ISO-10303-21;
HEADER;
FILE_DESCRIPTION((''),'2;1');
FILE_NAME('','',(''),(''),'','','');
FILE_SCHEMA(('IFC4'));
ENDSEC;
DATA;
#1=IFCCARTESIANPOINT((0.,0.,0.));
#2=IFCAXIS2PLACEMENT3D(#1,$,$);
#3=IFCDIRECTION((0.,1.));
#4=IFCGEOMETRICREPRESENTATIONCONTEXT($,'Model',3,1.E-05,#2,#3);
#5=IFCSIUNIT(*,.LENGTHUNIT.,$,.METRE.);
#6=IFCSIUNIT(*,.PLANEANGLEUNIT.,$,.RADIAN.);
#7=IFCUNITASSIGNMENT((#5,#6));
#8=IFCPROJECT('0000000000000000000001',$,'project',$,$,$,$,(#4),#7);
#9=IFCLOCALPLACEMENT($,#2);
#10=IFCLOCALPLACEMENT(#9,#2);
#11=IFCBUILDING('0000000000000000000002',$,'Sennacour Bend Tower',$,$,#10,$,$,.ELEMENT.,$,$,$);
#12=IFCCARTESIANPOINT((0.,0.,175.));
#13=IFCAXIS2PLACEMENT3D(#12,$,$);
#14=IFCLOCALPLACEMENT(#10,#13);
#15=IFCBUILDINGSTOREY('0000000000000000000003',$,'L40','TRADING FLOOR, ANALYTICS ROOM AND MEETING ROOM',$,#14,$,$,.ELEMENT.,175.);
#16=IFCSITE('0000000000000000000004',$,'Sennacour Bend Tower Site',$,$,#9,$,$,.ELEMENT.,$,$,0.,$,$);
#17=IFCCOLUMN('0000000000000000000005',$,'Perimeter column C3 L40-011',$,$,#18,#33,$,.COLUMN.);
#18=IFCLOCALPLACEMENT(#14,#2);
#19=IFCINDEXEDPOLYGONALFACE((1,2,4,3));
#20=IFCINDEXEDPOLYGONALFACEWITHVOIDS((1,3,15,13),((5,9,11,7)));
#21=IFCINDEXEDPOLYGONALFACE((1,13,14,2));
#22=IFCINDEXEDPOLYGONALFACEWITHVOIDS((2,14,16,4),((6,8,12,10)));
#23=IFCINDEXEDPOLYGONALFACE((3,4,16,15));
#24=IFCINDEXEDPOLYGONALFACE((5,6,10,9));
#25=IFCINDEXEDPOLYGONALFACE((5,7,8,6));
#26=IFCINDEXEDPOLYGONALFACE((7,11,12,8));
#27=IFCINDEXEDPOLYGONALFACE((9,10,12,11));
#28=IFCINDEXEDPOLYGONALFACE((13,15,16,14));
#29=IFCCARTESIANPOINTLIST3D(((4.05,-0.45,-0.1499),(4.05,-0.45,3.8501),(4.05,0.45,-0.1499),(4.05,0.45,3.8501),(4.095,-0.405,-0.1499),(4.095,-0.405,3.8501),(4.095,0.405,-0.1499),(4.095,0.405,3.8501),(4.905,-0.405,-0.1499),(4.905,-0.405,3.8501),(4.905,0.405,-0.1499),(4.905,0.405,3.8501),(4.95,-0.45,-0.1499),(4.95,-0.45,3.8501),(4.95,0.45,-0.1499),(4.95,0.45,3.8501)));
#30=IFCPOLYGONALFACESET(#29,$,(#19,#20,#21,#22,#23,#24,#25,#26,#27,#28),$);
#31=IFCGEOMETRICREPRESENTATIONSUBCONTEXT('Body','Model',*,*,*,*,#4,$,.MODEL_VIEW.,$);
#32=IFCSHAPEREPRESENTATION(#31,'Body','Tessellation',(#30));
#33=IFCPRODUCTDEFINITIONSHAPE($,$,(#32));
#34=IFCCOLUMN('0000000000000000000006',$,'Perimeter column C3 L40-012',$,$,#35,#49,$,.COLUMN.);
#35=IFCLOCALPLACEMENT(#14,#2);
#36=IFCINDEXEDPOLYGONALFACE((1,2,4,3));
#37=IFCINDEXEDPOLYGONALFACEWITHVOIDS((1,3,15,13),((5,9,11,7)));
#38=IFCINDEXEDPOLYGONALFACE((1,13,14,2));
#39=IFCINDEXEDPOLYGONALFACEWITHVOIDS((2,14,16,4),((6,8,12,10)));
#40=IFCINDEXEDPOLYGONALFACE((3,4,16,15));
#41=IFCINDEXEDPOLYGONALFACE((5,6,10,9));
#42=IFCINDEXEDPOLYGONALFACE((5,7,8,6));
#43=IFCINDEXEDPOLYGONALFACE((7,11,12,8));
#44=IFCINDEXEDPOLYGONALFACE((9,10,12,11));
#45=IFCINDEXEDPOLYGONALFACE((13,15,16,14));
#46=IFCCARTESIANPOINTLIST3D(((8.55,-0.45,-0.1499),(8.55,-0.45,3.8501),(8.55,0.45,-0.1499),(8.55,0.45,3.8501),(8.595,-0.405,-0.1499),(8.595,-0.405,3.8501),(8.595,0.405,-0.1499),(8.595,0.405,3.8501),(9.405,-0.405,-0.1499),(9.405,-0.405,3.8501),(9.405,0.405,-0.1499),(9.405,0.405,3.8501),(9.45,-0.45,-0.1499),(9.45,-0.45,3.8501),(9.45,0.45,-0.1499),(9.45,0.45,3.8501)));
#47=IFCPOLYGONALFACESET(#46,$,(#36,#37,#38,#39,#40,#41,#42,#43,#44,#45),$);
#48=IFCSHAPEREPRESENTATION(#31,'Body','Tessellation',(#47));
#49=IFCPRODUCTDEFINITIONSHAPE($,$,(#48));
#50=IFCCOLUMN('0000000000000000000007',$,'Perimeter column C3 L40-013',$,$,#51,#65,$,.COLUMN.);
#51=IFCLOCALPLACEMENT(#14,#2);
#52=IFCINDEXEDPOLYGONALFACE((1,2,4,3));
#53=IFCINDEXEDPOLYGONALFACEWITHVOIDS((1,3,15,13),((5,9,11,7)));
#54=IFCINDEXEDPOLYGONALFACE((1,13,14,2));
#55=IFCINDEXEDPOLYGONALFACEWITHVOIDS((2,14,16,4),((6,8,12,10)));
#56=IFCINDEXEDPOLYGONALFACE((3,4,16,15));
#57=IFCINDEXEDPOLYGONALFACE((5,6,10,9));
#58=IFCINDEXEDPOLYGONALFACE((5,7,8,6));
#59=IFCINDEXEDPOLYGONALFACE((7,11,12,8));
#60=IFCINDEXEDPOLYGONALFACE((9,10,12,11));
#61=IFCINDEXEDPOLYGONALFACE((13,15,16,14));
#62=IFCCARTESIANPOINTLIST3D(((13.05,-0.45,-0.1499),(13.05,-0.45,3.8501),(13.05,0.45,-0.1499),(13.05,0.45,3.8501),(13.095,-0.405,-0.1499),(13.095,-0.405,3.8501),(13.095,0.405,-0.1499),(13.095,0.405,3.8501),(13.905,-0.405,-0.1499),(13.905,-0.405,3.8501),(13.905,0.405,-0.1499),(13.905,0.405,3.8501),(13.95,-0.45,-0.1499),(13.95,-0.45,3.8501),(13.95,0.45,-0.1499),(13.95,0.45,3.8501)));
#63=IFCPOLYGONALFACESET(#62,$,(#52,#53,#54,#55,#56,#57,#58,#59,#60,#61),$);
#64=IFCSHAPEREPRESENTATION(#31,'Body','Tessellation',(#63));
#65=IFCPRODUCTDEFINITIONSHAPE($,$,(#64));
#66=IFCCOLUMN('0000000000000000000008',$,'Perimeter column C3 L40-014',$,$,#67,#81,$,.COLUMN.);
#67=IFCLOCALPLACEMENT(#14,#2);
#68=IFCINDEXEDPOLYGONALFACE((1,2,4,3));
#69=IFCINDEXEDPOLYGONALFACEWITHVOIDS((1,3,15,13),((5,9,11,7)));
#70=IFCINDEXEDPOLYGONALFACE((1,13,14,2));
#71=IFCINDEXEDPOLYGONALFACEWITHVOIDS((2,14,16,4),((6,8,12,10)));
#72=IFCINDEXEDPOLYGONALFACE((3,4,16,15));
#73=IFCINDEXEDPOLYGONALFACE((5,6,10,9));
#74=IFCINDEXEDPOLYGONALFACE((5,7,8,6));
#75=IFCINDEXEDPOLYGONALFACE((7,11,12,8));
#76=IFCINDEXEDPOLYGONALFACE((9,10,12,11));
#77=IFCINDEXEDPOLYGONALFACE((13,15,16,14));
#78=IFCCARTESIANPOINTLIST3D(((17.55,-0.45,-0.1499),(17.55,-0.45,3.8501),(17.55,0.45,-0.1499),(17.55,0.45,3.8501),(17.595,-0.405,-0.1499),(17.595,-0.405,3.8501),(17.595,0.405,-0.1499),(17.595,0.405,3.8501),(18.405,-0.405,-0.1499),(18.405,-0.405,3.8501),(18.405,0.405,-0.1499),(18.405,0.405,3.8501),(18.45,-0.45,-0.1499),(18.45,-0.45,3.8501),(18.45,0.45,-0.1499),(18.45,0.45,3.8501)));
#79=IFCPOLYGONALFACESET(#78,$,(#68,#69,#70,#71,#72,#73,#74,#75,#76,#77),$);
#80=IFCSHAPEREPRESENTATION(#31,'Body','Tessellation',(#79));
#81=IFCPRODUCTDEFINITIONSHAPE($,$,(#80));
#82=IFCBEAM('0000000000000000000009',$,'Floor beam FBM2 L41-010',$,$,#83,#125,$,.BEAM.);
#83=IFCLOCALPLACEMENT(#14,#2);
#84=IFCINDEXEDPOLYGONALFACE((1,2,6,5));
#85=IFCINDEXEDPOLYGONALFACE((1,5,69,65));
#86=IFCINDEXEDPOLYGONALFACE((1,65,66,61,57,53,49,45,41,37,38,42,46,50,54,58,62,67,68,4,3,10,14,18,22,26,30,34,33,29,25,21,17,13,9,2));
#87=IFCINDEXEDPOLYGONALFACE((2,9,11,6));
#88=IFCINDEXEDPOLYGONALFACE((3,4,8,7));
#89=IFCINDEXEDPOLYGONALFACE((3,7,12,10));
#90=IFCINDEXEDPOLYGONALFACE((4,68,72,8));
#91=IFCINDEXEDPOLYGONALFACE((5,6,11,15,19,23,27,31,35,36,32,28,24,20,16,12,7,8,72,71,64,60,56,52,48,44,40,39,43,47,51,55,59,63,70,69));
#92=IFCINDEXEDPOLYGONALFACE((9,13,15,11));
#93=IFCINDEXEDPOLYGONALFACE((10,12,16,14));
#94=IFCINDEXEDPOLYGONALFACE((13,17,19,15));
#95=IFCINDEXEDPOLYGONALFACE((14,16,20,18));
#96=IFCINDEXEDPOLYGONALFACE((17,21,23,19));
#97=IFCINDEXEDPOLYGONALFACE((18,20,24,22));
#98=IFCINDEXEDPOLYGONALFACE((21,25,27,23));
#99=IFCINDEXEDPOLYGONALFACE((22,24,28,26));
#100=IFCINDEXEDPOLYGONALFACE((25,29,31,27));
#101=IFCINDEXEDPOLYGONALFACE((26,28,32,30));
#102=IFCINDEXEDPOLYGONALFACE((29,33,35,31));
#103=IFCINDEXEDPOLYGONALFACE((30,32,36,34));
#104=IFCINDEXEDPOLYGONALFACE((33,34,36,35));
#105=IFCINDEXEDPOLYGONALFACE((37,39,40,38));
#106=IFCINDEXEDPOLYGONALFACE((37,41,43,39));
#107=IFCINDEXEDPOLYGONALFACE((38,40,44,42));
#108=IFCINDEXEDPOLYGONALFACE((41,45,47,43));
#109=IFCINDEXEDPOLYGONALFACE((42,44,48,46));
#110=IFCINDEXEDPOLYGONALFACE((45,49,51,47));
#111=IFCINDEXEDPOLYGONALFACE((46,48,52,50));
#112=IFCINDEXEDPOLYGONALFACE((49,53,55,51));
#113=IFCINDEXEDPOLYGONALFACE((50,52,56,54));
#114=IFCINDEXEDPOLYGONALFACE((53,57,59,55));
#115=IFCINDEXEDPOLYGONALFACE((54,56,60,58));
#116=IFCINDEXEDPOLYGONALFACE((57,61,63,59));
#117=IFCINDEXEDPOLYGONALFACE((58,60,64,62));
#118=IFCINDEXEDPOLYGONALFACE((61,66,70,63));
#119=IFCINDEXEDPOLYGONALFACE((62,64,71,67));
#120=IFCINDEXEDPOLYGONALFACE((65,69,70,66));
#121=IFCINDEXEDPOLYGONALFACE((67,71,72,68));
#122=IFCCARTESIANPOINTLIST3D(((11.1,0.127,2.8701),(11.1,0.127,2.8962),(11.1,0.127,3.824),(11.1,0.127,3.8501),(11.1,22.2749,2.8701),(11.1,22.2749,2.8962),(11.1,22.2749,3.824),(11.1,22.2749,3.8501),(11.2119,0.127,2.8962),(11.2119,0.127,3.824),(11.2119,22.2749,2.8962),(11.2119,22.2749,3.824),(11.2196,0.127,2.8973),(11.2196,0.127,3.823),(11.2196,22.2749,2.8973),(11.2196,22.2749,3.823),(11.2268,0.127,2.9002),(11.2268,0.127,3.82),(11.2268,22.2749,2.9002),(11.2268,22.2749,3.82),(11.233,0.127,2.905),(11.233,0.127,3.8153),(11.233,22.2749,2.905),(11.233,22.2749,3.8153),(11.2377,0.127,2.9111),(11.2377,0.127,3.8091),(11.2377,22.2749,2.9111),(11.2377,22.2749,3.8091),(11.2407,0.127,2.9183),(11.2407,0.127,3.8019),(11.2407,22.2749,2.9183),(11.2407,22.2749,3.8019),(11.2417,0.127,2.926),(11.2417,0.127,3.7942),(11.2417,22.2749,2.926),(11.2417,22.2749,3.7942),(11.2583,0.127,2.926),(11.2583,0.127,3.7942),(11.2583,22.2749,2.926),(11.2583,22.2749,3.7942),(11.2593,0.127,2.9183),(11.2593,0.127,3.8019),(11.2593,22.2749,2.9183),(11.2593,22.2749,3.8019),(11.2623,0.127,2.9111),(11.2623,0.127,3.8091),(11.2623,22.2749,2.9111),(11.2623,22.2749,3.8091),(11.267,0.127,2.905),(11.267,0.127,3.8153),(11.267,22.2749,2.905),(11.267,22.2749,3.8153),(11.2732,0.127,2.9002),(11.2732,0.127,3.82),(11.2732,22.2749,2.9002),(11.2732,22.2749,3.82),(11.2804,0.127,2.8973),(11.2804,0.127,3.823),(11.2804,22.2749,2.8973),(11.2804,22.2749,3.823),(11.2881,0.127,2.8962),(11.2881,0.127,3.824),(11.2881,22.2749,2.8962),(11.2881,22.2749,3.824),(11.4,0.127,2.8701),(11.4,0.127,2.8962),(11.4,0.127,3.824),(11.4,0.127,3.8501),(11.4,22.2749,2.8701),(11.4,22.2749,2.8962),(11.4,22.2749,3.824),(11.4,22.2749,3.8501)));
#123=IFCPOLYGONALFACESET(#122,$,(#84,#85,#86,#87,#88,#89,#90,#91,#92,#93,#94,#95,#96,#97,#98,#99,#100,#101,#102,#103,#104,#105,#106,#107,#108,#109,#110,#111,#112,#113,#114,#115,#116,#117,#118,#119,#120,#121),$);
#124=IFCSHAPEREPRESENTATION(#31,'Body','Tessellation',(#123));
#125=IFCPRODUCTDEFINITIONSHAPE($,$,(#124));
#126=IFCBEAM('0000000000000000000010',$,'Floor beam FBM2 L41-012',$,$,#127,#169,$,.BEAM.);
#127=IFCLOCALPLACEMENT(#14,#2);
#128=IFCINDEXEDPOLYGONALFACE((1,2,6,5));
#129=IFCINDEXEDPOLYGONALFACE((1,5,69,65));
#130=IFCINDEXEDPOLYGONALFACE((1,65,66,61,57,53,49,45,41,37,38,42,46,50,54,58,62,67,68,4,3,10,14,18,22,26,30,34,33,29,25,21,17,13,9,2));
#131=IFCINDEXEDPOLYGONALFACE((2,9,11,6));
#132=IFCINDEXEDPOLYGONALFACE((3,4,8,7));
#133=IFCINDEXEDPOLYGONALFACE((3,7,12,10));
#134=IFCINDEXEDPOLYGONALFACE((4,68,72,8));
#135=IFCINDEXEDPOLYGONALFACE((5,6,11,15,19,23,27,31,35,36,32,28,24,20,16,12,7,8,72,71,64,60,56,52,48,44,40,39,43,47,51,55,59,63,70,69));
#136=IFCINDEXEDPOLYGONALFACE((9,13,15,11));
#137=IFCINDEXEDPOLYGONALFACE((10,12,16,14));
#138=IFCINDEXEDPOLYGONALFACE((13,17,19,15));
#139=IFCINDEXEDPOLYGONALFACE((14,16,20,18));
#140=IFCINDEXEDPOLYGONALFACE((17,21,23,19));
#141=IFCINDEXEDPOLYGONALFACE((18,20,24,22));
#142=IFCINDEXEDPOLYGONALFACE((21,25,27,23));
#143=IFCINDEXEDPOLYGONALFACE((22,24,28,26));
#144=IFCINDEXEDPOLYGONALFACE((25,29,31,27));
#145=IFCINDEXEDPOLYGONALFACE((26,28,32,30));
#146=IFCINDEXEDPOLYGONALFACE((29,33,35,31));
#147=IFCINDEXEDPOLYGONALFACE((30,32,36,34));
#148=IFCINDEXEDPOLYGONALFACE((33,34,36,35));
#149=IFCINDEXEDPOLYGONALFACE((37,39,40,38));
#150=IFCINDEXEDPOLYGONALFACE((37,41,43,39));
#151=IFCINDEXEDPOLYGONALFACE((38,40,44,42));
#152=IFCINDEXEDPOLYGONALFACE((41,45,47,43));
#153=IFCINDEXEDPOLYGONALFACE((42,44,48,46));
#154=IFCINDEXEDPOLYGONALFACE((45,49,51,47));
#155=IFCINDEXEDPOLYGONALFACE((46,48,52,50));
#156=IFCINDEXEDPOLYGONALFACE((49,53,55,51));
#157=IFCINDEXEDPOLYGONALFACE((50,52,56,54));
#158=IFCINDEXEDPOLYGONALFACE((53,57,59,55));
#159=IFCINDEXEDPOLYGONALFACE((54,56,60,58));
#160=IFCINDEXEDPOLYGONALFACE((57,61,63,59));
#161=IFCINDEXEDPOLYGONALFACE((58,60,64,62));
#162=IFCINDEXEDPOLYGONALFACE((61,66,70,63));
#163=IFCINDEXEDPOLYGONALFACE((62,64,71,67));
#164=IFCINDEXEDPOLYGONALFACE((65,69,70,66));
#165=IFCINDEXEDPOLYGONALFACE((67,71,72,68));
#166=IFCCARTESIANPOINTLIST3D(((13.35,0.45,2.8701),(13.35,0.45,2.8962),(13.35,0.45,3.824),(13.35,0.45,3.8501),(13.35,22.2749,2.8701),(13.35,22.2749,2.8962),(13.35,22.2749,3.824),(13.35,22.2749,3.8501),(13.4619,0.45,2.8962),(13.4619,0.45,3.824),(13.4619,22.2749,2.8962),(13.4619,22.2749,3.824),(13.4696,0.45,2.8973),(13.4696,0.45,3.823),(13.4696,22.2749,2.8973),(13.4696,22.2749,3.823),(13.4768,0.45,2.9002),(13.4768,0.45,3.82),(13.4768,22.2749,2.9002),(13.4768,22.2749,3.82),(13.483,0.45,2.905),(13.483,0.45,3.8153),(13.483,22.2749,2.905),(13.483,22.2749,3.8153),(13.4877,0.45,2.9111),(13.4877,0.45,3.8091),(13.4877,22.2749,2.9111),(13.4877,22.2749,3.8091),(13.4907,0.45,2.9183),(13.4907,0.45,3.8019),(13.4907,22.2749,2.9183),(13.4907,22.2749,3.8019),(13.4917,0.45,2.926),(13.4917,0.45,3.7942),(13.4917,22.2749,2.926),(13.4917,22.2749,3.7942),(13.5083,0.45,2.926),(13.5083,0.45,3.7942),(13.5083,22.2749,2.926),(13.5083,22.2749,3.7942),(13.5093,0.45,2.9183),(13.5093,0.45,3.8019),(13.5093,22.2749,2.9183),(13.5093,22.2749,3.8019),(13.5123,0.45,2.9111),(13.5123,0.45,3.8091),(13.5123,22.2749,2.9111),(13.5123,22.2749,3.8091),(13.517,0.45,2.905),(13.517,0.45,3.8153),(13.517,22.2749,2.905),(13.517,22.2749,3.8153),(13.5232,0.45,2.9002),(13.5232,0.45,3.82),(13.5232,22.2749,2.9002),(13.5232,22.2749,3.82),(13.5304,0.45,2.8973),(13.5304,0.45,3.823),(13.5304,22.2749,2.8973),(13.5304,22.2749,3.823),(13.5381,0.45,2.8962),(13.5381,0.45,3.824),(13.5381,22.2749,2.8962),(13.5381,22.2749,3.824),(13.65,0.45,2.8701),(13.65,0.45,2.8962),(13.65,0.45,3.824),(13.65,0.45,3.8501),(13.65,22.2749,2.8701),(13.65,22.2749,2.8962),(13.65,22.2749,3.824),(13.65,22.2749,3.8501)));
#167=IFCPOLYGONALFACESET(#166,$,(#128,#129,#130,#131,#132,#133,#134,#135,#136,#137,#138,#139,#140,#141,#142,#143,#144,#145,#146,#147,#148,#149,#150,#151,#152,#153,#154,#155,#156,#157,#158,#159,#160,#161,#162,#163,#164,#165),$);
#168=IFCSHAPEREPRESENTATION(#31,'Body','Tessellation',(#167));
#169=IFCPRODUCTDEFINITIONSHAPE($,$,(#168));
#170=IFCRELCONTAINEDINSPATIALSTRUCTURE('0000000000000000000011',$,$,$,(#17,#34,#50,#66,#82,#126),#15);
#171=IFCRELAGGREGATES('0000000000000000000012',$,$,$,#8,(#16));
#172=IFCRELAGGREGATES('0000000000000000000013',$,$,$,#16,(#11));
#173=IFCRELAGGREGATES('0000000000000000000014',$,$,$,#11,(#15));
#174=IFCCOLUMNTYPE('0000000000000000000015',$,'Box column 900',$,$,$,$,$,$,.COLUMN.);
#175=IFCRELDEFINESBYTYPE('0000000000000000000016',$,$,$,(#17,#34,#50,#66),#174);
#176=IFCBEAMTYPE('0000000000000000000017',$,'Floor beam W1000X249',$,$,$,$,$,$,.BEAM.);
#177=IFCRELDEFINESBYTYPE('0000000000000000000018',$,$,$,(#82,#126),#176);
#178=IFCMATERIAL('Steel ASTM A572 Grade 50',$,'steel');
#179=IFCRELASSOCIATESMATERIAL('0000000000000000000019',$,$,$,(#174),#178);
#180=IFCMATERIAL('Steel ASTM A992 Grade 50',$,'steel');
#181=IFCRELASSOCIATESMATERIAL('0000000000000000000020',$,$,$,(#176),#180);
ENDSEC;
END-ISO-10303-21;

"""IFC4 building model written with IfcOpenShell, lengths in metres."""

from ifc_helpers import new_model, si_unit, direction, frame, origin, origin_2d, place, context, subcontext, project, spatial, hollow_rectangle, i_section, extrude, material, material_profile, profile_set, type_object, element, save


model = new_model("IFC4")

# Units and contexts
model_context = context("Model", 3, precision=1e-05, world=origin(), true_north=direction((0.0, 1.0)))
body_context = subcontext(model_context, "Body", "Model", "MODEL_VIEW")
ifc_project = project(units=[si_unit("LENGTHUNIT", "METRE"), si_unit("PLANEANGLEUNIT", "RADIAN")], contexts=[model_context])

# Site, building, storey
site_placement = place(None, origin())
site = spatial("IfcSite", under=ifc_project, at=site_placement, Name="Sennacour Bend Tower Site", CompositionType="ELEMENT", RefElevation=0.0)
building_placement = place(site_placement, origin())
building = spatial("IfcBuilding", under=site, at=building_placement, Name="Sennacour Bend Tower", CompositionType="ELEMENT")
storey_placement = place(building_placement, frame((0.0, 0.0, 175.0)))
storey = spatial("IfcBuildingStorey", under=building, at=storey_placement, Name="L40", Description="TRADING FLOOR, ANALYTICS ROOM AND MEETING ROOM", CompositionType="ELEMENT", Elevation=175.0)

# Columns
ifc_material_1 = material(Name="Steel ASTM A572 Grade 50", Category="steel")
ifc_material_profile_1 = material_profile(ifc_material_1, hollow_rectangle(XDim=0.8999, YDim=0.8999, WallThickness=0.0449, at=origin_2d()), Name="Steel ASTM A572 Grade 50", Category="steel")
ifc_profile_set_1 = profile_set([ifc_material_profile_1], Name="Steel ASTM A572 Grade 50")
column_type = type_object("IfcColumnType", Name="Box column 900", PredefinedType="COLUMN", material=ifc_profile_set_1)
for number, where, z_axis, x_axis, name in (
    (1, (4.5, 0.0, -0.1499), (0.0, 0.0, 1.0), (1.0, 0.0, 0.0), "Perimeter column C3 L40-011"),
    (2, (9.0, 0.0, -0.1499), (0.0, 0.0, 1.0), (1.0, 0.0, 0.0), "Perimeter column C3 L40-012"),
    (3, (13.5, 0.0, -0.1499), (0.0, 0.0, 1.0), (1.0, 0.0, 0.0), "Perimeter column C3 L40-013"),
    (4, (18.0, 0.0, -0.1499), (0.0, 0.0, 1.0), (1.0, 0.0, 0.0), "Perimeter column C3 L40-014"),
):
    element("IfcColumn", number, at=place(storey_placement, frame(where, z_axis=z_axis, x_axis=x_axis)), inside=storey, type_object=column_type, Name=name, PredefinedType="COLUMN", context=body_context, shape_type="SweptSolid", body=[
        extrude(hollow_rectangle(XDim=0.8999, YDim=0.8999, WallThickness=0.0449, at=origin_2d()), origin(), (0.0, 0.0, 1.0), 4.0),
    ])

# Beams
ifc_material_2 = material(Name="Steel ASTM A992 Grade 50", Category="steel")
ifc_material_profile_2 = material_profile(ifc_material_2, i_section(OverallWidth=0.3, OverallDepth=0.98, WebThickness=0.0166, FlangeThickness=0.0261, FilletRadius=0.0298, at=origin_2d()), Name="Steel ASTM A992 Grade 50", Category="steel")
ifc_profile_set_2 = profile_set([ifc_material_profile_2], Name="Steel ASTM A992 Grade 50")
beam_type_1 = type_object("IfcBeamType", Name="Floor beam W1000X249", PredefinedType="BEAM", material=ifc_profile_set_2)
beam_1_placement = place(storey_placement, frame((11.25, 0.127, 3.3601), z_axis=(0.0, 1.0, 0.0), x_axis=(-1.0, 0.0, 0.0)))
element("IfcBeam", 5, at=beam_1_placement, inside=storey, type_object=beam_type_1, Name="Floor beam FBM2 L41-010", PredefinedType="BEAM", context=body_context, shape_type="SweptSolid", body=[
    extrude(i_section(OverallWidth=0.3, OverallDepth=0.98, WebThickness=0.0166, FlangeThickness=0.0261, FilletRadius=0.0298, at=origin_2d()), origin(), (0.0, 0.0, 1.0), 22.1479),
])
beam_2_placement = place(storey_placement, frame((13.5, 0.45, 3.3601), z_axis=(0.0, 1.0, 0.0), x_axis=(-1.0, 0.0, 0.0)))
element("IfcBeam", 6, at=beam_2_placement, inside=storey, type_object=beam_type_1, Name="Floor beam FBM2 L41-012", PredefinedType="BEAM", context=body_context, shape_type="SweptSolid", body=[
    extrude(i_section(OverallWidth=0.3, OverallDepth=0.98, WebThickness=0.0166, FlangeThickness=0.0261, FilletRadius=0.0298, at=origin_2d()), origin(), (0.0, 0.0, 1.0), 21.825),
])

save(model, "model.ifc")
